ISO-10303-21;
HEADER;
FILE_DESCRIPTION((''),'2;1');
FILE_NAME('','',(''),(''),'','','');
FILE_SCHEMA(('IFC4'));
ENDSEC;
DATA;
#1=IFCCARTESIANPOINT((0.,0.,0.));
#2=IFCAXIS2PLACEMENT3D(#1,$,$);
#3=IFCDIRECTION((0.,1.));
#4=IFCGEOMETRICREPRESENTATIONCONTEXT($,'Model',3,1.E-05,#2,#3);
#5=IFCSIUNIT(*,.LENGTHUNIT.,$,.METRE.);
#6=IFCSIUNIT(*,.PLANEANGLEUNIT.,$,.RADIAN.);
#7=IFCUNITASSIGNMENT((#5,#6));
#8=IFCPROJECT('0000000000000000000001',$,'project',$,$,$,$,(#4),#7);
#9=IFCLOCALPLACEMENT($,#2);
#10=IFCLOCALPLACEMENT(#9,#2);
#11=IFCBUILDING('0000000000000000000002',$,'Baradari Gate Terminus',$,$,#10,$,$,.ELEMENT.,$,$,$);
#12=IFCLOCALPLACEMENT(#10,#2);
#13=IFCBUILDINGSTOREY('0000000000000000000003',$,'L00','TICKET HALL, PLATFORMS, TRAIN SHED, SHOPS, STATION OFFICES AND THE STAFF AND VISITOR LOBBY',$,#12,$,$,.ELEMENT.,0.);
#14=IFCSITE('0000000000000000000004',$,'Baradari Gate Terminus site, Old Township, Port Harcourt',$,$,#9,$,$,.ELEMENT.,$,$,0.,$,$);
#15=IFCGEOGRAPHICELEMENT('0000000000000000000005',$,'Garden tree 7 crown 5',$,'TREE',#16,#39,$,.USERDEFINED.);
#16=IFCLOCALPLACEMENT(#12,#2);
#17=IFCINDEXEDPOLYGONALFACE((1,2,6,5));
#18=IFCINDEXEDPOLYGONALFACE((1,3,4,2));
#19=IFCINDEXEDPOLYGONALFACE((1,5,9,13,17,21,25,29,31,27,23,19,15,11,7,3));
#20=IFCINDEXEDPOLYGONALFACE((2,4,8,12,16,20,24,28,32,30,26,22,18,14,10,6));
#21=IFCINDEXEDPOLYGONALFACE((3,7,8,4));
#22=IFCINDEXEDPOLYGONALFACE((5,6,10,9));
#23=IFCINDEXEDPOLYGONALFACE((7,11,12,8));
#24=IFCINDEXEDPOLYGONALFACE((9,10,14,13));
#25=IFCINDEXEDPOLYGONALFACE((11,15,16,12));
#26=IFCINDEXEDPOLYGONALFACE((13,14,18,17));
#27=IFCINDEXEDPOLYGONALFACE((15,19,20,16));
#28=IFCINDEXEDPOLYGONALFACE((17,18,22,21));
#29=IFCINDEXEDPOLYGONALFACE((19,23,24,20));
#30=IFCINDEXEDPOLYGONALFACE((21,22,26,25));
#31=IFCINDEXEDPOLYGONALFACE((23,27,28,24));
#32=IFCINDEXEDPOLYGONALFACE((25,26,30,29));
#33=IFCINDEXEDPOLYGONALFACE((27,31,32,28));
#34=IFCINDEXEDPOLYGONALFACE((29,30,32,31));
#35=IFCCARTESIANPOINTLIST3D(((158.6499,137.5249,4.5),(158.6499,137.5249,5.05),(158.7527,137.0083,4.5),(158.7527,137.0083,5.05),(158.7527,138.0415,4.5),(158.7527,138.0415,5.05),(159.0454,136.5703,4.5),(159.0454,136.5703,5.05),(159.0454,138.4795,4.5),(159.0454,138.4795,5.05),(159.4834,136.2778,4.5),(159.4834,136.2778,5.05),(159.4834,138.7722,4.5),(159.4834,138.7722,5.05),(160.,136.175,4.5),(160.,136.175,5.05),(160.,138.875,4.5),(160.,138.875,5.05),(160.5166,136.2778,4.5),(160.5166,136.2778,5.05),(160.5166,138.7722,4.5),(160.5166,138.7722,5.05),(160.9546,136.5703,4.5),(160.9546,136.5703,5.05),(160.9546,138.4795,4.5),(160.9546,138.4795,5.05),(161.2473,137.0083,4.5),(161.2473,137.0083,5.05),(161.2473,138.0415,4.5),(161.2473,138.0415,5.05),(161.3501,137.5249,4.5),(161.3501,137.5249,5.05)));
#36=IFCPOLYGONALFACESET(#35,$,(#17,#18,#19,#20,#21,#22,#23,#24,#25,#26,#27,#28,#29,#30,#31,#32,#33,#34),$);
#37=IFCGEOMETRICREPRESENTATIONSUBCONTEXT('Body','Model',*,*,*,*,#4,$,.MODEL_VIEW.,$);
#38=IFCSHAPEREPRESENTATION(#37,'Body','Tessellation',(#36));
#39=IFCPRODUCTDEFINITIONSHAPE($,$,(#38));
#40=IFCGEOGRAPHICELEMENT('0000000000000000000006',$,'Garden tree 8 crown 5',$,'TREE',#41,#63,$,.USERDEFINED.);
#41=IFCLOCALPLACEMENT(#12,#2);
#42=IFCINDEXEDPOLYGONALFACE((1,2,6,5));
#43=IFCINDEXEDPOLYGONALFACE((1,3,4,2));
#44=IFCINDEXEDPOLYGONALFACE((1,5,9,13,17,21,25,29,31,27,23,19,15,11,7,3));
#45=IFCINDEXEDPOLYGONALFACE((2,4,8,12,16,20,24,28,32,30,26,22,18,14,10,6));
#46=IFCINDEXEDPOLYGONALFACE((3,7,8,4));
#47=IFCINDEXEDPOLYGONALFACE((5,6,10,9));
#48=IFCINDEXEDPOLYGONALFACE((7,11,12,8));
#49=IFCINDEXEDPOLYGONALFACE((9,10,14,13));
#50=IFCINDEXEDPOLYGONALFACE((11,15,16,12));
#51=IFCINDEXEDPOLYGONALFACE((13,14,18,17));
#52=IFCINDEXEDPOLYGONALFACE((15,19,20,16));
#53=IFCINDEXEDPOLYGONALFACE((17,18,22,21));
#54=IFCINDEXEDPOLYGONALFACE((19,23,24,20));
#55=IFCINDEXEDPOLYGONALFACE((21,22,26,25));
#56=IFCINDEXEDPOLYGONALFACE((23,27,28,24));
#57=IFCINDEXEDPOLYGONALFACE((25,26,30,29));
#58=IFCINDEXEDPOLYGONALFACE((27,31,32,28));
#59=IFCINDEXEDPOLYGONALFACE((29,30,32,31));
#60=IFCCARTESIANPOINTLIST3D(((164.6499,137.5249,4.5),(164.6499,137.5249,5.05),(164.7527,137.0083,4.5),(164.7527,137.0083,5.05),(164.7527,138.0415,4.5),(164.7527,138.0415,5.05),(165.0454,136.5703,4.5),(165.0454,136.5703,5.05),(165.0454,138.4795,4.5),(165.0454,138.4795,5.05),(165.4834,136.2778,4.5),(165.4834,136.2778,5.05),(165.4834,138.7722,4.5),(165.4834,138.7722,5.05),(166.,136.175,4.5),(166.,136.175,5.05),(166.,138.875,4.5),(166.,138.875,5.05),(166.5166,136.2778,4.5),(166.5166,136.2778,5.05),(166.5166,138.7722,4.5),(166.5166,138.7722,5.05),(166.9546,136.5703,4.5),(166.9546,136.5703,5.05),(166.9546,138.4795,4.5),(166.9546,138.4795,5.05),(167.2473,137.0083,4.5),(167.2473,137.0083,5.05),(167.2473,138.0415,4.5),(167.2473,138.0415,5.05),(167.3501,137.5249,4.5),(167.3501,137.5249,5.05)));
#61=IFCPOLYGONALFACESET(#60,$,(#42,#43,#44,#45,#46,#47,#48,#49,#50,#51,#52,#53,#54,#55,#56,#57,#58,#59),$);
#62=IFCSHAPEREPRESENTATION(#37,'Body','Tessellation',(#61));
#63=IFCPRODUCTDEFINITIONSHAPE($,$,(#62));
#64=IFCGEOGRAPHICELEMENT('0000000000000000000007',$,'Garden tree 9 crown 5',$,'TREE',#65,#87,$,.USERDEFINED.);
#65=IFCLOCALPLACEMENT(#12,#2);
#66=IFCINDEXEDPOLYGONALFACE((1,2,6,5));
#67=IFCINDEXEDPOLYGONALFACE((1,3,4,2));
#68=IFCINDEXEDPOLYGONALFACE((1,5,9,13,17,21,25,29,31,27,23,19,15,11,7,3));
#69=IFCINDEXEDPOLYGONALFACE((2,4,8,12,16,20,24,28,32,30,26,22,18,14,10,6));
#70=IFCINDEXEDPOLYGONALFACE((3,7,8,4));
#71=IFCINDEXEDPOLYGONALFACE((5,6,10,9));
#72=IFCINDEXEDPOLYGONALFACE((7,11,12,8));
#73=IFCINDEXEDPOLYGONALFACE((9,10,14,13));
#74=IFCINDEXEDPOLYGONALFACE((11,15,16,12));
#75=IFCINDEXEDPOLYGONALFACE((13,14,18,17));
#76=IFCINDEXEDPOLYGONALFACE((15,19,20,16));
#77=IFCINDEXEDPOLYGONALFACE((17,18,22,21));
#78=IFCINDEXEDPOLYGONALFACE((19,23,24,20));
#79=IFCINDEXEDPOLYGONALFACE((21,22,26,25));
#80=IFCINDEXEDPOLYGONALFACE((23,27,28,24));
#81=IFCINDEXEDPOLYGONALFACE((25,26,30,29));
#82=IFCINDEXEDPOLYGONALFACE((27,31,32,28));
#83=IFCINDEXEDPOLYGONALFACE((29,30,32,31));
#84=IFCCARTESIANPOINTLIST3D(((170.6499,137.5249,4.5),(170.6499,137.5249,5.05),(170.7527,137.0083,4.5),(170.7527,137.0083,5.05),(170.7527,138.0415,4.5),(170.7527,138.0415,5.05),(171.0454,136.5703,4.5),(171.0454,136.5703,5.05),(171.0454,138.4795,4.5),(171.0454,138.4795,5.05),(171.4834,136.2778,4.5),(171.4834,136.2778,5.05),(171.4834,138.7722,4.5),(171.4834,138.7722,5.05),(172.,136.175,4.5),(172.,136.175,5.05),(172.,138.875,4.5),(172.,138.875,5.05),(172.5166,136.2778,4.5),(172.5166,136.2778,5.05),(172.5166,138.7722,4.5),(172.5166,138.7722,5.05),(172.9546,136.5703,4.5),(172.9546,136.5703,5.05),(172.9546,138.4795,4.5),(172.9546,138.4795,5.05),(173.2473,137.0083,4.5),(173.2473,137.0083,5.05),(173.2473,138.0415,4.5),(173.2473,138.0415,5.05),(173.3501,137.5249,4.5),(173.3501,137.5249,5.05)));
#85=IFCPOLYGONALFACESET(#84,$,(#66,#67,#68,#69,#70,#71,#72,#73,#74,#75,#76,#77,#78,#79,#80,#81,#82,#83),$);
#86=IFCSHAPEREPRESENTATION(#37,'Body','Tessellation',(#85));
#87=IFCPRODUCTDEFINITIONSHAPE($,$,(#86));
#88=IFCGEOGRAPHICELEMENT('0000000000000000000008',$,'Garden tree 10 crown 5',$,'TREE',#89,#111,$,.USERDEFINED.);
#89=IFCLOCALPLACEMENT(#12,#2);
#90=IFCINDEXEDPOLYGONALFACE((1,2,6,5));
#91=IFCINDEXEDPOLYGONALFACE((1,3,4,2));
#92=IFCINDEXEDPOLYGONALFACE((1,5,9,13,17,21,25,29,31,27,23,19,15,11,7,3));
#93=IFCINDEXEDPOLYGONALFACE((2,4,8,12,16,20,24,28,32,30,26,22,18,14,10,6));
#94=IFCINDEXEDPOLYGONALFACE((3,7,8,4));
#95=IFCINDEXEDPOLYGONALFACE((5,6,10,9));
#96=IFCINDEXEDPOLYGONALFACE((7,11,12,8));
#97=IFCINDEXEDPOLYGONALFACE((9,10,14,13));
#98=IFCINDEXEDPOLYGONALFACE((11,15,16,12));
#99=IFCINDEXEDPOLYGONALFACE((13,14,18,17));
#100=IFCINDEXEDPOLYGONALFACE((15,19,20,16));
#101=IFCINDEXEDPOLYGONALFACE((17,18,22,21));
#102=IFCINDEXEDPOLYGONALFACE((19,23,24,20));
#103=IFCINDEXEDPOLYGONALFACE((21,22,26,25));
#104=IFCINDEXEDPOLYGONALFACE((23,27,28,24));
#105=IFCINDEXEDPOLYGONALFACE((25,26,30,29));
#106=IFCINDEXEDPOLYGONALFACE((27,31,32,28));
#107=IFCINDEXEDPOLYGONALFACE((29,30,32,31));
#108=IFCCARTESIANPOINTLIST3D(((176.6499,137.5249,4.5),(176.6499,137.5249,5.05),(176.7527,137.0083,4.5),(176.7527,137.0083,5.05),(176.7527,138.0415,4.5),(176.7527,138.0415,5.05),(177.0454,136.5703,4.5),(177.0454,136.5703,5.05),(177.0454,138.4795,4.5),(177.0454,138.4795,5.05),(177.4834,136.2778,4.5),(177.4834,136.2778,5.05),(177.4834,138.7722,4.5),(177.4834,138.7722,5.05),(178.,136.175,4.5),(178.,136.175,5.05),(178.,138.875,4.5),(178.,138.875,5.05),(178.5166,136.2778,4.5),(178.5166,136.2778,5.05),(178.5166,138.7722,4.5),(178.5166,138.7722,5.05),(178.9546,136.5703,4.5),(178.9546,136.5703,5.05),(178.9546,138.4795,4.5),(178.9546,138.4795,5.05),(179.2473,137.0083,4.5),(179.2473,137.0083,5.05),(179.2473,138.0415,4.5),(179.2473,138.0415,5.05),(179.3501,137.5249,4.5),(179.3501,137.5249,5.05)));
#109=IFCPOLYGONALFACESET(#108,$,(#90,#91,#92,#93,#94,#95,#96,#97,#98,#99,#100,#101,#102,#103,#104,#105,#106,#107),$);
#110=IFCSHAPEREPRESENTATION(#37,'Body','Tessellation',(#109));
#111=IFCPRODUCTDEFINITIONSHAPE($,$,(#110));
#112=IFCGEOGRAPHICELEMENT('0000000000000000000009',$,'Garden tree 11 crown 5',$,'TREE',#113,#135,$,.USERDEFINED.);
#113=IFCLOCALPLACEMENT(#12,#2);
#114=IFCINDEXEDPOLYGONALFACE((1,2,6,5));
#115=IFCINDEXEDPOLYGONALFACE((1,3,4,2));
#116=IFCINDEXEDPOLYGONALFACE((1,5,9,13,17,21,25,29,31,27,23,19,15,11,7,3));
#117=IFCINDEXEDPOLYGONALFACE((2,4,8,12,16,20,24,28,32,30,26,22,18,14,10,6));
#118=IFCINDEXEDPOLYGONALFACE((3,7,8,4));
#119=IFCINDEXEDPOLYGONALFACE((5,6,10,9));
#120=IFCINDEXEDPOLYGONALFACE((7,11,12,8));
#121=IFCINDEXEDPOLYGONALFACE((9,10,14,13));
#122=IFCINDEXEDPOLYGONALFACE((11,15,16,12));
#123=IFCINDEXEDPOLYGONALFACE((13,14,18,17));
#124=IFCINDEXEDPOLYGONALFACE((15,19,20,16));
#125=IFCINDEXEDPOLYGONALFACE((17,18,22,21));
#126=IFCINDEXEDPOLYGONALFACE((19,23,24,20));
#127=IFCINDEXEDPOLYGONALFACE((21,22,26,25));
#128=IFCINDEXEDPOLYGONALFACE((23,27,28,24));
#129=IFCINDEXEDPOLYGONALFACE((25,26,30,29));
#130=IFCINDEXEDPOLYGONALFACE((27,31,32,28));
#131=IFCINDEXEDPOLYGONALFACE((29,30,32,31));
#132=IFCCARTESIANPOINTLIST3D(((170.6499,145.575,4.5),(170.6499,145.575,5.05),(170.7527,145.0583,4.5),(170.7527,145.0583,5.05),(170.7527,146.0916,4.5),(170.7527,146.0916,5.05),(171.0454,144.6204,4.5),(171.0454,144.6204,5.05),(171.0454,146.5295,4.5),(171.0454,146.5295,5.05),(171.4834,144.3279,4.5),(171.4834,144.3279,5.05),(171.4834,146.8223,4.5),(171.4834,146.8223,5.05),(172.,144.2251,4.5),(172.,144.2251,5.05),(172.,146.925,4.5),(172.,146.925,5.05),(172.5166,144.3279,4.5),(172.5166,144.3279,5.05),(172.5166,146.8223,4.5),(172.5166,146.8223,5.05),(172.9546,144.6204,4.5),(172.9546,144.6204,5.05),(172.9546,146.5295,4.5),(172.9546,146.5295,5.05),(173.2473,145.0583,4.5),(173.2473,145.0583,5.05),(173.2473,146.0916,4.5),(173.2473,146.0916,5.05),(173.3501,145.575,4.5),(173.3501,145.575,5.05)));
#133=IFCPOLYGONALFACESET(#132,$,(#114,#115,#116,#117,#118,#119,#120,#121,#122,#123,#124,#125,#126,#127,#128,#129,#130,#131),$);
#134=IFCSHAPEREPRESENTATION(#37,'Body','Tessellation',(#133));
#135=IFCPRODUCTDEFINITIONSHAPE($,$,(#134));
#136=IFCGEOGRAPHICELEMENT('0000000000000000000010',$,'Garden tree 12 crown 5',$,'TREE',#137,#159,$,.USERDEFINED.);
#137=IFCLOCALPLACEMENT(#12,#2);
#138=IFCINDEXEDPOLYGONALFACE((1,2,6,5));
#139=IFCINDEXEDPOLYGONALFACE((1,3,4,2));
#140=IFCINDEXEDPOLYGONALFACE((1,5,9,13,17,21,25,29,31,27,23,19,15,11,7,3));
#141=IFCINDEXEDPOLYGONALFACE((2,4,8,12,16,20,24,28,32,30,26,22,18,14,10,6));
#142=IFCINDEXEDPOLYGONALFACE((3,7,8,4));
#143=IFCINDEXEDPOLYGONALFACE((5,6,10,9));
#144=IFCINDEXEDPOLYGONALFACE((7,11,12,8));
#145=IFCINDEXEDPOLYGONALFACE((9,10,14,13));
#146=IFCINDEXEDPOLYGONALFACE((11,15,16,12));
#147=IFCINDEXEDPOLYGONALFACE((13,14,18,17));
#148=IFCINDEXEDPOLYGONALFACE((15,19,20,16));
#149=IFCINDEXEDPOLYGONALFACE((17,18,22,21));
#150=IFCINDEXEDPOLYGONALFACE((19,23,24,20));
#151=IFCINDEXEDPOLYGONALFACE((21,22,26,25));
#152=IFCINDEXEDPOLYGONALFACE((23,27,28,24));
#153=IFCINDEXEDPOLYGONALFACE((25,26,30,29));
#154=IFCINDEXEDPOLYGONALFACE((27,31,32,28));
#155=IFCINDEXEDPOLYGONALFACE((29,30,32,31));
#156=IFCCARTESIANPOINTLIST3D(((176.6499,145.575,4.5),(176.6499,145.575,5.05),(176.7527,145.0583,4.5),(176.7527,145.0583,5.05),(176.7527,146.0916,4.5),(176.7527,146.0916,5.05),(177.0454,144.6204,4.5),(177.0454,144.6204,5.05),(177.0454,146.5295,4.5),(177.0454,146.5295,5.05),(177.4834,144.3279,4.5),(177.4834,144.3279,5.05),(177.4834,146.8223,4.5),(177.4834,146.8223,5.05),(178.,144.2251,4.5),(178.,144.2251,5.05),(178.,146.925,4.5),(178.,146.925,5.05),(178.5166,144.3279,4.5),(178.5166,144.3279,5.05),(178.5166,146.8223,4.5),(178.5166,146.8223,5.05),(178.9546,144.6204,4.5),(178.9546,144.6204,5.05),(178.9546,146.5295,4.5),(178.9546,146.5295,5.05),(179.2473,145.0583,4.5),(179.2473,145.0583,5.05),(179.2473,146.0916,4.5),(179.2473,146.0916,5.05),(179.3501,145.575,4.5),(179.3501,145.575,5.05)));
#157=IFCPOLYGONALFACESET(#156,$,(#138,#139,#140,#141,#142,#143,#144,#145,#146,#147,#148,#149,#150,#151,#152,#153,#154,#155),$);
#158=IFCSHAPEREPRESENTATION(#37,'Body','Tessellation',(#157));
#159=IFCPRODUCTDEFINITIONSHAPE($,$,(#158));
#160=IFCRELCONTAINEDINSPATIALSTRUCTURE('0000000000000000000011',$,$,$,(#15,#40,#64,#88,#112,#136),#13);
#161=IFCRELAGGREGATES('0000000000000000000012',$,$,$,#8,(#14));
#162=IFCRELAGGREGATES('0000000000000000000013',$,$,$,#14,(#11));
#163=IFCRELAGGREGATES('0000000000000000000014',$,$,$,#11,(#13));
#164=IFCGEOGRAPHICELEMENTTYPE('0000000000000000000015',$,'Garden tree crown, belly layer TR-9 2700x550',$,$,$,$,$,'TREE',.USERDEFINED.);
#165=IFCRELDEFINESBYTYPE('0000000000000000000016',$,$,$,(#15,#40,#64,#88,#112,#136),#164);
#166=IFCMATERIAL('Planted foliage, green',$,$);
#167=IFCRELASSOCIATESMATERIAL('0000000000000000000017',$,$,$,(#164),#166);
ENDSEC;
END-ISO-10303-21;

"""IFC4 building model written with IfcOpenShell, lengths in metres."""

from ifc_helpers import new_model, si_unit, direction, frame, origin, place, context, subcontext, project, spatial, polyline, outline, extrude, material, type_object, element, save


model = new_model("IFC4")

# Units and contexts
model_context = context("Model", 3, precision=1e-05, world=origin(), true_north=direction((0.0, 1.0)))
body_context = subcontext(model_context, "Body", "Model", "MODEL_VIEW")
ifc_project = project(units=[si_unit("LENGTHUNIT", "METRE"), si_unit("PLANEANGLEUNIT", "RADIAN")], contexts=[model_context])

# Site, building, storey
site_placement = place(None, origin())
site = spatial("IfcSite", under=ifc_project, at=site_placement, Name="Baradari Gate Terminus site, Old Township, Port Harcourt", CompositionType="ELEMENT", RefElevation=0.0)
building_placement = place(site_placement, origin())
building = spatial("IfcBuilding", under=site, at=building_placement, Name="Baradari Gate Terminus", CompositionType="ELEMENT")
storey_placement = place(building_placement, origin())
storey = spatial("IfcBuildingStorey", under=building, at=storey_placement, Name="L00", Description="TICKET HALL, PLATFORMS, TRAIN SHED, SHOPS, STATION OFFICES AND THE STAFF AND VISITOR LOBBY", CompositionType="ELEMENT", Elevation=0.0)

# Geographic elements
ifc_material_1 = material(Name="Planted foliage, green")
geographic_element_type_1 = type_object("IfcGeographicElementType", Name="Garden tree crown, belly layer TR-9 2700x550", ElementType="TREE", PredefinedType="USERDEFINED", material=ifc_material_1)
geographic_element_1_placement = place(storey_placement, frame((0.0, 0.0, 4.5)))
element("IfcGeographicElement", 1, at=geographic_element_1_placement, inside=storey, type_object=geographic_element_type_1, Name="Garden tree 7 crown 5", ObjectType="TREE", PredefinedType="USERDEFINED", context=body_context, shape_type="SweptSolid", body=[
    extrude(outline(polyline([(161.3501, 137.5249), (161.2473, 138.0415), (160.9546, 138.4795), (160.5166, 138.7722), (160.0, 138.875), (159.4834, 138.7722), (159.0454, 138.4795), (158.7527, 138.0415), (158.6499, 137.5249), (158.7527, 137.0083), (159.0454, 136.5703), (159.4834, 136.2778), (160.0, 136.175), (160.5166, 136.2778), (160.9546, 136.5703), (161.2473, 137.0083), (161.3501, 137.5249)])), origin(), (0.0, 0.0, 1.0), 0.55),
])
geographic_element_2_placement = place(storey_placement, frame((0.0, 0.0, 4.5)))
element("IfcGeographicElement", 2, at=geographic_element_2_placement, inside=storey, type_object=geographic_element_type_1, Name="Garden tree 8 crown 5", ObjectType="TREE", PredefinedType="USERDEFINED", context=body_context, shape_type="SweptSolid", body=[
    extrude(outline(polyline([(167.3501, 137.5249), (167.2473, 138.0415), (166.9546, 138.4795), (166.5166, 138.7722), (166.0, 138.875), (165.4834, 138.7722), (165.0454, 138.4795), (164.7527, 138.0415), (164.6499, 137.5249), (164.7527, 137.0083), (165.0454, 136.5703), (165.4834, 136.2778), (166.0, 136.175), (166.5166, 136.2778), (166.9546, 136.5703), (167.2473, 137.0083), (167.3501, 137.5249)])), origin(), (0.0, 0.0, 1.0), 0.55),
])
geographic_element_3_placement = place(storey_placement, frame((0.0, 0.0, 4.5)))
element("IfcGeographicElement", 3, at=geographic_element_3_placement, inside=storey, type_object=geographic_element_type_1, Name="Garden tree 9 crown 5", ObjectType="TREE", PredefinedType="USERDEFINED", context=body_context, shape_type="SweptSolid", body=[
    extrude(outline(polyline([(173.3501, 137.5249), (173.2473, 138.0415), (172.9546, 138.4795), (172.5166, 138.7722), (172.0, 138.875), (171.4834, 138.7722), (171.0454, 138.4795), (170.7527, 138.0415), (170.6499, 137.5249), (170.7527, 137.0083), (171.0454, 136.5703), (171.4834, 136.2778), (172.0, 136.175), (172.5166, 136.2778), (172.9546, 136.5703), (173.2473, 137.0083), (173.3501, 137.5249)])), origin(), (0.0, 0.0, 1.0), 0.55),
])
geographic_element_4_placement = place(storey_placement, frame((0.0, 0.0, 4.5)))
element("IfcGeographicElement", 4, at=geographic_element_4_placement, inside=storey, type_object=geographic_element_type_1, Name="Garden tree 10 crown 5", ObjectType="TREE", PredefinedType="USERDEFINED", context=body_context, shape_type="SweptSolid", body=[
    extrude(outline(polyline([(179.3501, 137.5249), (179.2473, 138.0415), (178.9546, 138.4795), (178.5166, 138.7722), (178.0, 138.875), (177.4834, 138.7722), (177.0454, 138.4795), (176.7527, 138.0415), (176.6499, 137.5249), (176.7527, 137.0083), (177.0454, 136.5703), (177.4834, 136.2778), (178.0, 136.175), (178.5166, 136.2778), (178.9546, 136.5703), (179.2473, 137.0083), (179.3501, 137.5249)])), origin(), (0.0, 0.0, 1.0), 0.55),
])
geographic_element_5_placement = place(storey_placement, frame((0.0, 0.0, 4.5)))
element("IfcGeographicElement", 5, at=geographic_element_5_placement, inside=storey, type_object=geographic_element_type_1, Name="Garden tree 11 crown 5", ObjectType="TREE", PredefinedType="USERDEFINED", context=body_context, shape_type="SweptSolid", body=[
    extrude(outline(polyline([(173.3501, 145.575), (173.2473, 146.0916), (172.9546, 146.5295), (172.5166, 146.8223), (172.0, 146.925), (171.4834, 146.8223), (171.0454, 146.5295), (170.7527, 146.0916), (170.6499, 145.575), (170.7527, 145.0583), (171.0454, 144.6204), (171.4834, 144.3279), (172.0, 144.2251), (172.5166, 144.3279), (172.9546, 144.6204), (173.2473, 145.0583), (173.3501, 145.575)])), origin(), (0.0, 0.0, 1.0), 0.55),
])
geographic_element_6_placement = place(storey_placement, frame((0.0, 0.0, 4.5)))
element("IfcGeographicElement", 6, at=geographic_element_6_placement, inside=storey, type_object=geographic_element_type_1, Name="Garden tree 12 crown 5", ObjectType="TREE", PredefinedType="USERDEFINED", context=body_context, shape_type="SweptSolid", body=[
    extrude(outline(polyline([(179.3501, 145.575), (179.2473, 146.0916), (178.9546, 146.5295), (178.5166, 146.8223), (178.0, 146.925), (177.4834, 146.8223), (177.0454, 146.5295), (176.7527, 146.0916), (176.6499, 145.575), (176.7527, 145.0583), (177.0454, 144.6204), (177.4834, 144.3279), (178.0, 144.2251), (178.5166, 144.3279), (178.9546, 144.6204), (179.2473, 145.0583), (179.3501, 145.575)])), origin(), (0.0, 0.0, 1.0), 0.55),
])

save(model, "model.ifc")
